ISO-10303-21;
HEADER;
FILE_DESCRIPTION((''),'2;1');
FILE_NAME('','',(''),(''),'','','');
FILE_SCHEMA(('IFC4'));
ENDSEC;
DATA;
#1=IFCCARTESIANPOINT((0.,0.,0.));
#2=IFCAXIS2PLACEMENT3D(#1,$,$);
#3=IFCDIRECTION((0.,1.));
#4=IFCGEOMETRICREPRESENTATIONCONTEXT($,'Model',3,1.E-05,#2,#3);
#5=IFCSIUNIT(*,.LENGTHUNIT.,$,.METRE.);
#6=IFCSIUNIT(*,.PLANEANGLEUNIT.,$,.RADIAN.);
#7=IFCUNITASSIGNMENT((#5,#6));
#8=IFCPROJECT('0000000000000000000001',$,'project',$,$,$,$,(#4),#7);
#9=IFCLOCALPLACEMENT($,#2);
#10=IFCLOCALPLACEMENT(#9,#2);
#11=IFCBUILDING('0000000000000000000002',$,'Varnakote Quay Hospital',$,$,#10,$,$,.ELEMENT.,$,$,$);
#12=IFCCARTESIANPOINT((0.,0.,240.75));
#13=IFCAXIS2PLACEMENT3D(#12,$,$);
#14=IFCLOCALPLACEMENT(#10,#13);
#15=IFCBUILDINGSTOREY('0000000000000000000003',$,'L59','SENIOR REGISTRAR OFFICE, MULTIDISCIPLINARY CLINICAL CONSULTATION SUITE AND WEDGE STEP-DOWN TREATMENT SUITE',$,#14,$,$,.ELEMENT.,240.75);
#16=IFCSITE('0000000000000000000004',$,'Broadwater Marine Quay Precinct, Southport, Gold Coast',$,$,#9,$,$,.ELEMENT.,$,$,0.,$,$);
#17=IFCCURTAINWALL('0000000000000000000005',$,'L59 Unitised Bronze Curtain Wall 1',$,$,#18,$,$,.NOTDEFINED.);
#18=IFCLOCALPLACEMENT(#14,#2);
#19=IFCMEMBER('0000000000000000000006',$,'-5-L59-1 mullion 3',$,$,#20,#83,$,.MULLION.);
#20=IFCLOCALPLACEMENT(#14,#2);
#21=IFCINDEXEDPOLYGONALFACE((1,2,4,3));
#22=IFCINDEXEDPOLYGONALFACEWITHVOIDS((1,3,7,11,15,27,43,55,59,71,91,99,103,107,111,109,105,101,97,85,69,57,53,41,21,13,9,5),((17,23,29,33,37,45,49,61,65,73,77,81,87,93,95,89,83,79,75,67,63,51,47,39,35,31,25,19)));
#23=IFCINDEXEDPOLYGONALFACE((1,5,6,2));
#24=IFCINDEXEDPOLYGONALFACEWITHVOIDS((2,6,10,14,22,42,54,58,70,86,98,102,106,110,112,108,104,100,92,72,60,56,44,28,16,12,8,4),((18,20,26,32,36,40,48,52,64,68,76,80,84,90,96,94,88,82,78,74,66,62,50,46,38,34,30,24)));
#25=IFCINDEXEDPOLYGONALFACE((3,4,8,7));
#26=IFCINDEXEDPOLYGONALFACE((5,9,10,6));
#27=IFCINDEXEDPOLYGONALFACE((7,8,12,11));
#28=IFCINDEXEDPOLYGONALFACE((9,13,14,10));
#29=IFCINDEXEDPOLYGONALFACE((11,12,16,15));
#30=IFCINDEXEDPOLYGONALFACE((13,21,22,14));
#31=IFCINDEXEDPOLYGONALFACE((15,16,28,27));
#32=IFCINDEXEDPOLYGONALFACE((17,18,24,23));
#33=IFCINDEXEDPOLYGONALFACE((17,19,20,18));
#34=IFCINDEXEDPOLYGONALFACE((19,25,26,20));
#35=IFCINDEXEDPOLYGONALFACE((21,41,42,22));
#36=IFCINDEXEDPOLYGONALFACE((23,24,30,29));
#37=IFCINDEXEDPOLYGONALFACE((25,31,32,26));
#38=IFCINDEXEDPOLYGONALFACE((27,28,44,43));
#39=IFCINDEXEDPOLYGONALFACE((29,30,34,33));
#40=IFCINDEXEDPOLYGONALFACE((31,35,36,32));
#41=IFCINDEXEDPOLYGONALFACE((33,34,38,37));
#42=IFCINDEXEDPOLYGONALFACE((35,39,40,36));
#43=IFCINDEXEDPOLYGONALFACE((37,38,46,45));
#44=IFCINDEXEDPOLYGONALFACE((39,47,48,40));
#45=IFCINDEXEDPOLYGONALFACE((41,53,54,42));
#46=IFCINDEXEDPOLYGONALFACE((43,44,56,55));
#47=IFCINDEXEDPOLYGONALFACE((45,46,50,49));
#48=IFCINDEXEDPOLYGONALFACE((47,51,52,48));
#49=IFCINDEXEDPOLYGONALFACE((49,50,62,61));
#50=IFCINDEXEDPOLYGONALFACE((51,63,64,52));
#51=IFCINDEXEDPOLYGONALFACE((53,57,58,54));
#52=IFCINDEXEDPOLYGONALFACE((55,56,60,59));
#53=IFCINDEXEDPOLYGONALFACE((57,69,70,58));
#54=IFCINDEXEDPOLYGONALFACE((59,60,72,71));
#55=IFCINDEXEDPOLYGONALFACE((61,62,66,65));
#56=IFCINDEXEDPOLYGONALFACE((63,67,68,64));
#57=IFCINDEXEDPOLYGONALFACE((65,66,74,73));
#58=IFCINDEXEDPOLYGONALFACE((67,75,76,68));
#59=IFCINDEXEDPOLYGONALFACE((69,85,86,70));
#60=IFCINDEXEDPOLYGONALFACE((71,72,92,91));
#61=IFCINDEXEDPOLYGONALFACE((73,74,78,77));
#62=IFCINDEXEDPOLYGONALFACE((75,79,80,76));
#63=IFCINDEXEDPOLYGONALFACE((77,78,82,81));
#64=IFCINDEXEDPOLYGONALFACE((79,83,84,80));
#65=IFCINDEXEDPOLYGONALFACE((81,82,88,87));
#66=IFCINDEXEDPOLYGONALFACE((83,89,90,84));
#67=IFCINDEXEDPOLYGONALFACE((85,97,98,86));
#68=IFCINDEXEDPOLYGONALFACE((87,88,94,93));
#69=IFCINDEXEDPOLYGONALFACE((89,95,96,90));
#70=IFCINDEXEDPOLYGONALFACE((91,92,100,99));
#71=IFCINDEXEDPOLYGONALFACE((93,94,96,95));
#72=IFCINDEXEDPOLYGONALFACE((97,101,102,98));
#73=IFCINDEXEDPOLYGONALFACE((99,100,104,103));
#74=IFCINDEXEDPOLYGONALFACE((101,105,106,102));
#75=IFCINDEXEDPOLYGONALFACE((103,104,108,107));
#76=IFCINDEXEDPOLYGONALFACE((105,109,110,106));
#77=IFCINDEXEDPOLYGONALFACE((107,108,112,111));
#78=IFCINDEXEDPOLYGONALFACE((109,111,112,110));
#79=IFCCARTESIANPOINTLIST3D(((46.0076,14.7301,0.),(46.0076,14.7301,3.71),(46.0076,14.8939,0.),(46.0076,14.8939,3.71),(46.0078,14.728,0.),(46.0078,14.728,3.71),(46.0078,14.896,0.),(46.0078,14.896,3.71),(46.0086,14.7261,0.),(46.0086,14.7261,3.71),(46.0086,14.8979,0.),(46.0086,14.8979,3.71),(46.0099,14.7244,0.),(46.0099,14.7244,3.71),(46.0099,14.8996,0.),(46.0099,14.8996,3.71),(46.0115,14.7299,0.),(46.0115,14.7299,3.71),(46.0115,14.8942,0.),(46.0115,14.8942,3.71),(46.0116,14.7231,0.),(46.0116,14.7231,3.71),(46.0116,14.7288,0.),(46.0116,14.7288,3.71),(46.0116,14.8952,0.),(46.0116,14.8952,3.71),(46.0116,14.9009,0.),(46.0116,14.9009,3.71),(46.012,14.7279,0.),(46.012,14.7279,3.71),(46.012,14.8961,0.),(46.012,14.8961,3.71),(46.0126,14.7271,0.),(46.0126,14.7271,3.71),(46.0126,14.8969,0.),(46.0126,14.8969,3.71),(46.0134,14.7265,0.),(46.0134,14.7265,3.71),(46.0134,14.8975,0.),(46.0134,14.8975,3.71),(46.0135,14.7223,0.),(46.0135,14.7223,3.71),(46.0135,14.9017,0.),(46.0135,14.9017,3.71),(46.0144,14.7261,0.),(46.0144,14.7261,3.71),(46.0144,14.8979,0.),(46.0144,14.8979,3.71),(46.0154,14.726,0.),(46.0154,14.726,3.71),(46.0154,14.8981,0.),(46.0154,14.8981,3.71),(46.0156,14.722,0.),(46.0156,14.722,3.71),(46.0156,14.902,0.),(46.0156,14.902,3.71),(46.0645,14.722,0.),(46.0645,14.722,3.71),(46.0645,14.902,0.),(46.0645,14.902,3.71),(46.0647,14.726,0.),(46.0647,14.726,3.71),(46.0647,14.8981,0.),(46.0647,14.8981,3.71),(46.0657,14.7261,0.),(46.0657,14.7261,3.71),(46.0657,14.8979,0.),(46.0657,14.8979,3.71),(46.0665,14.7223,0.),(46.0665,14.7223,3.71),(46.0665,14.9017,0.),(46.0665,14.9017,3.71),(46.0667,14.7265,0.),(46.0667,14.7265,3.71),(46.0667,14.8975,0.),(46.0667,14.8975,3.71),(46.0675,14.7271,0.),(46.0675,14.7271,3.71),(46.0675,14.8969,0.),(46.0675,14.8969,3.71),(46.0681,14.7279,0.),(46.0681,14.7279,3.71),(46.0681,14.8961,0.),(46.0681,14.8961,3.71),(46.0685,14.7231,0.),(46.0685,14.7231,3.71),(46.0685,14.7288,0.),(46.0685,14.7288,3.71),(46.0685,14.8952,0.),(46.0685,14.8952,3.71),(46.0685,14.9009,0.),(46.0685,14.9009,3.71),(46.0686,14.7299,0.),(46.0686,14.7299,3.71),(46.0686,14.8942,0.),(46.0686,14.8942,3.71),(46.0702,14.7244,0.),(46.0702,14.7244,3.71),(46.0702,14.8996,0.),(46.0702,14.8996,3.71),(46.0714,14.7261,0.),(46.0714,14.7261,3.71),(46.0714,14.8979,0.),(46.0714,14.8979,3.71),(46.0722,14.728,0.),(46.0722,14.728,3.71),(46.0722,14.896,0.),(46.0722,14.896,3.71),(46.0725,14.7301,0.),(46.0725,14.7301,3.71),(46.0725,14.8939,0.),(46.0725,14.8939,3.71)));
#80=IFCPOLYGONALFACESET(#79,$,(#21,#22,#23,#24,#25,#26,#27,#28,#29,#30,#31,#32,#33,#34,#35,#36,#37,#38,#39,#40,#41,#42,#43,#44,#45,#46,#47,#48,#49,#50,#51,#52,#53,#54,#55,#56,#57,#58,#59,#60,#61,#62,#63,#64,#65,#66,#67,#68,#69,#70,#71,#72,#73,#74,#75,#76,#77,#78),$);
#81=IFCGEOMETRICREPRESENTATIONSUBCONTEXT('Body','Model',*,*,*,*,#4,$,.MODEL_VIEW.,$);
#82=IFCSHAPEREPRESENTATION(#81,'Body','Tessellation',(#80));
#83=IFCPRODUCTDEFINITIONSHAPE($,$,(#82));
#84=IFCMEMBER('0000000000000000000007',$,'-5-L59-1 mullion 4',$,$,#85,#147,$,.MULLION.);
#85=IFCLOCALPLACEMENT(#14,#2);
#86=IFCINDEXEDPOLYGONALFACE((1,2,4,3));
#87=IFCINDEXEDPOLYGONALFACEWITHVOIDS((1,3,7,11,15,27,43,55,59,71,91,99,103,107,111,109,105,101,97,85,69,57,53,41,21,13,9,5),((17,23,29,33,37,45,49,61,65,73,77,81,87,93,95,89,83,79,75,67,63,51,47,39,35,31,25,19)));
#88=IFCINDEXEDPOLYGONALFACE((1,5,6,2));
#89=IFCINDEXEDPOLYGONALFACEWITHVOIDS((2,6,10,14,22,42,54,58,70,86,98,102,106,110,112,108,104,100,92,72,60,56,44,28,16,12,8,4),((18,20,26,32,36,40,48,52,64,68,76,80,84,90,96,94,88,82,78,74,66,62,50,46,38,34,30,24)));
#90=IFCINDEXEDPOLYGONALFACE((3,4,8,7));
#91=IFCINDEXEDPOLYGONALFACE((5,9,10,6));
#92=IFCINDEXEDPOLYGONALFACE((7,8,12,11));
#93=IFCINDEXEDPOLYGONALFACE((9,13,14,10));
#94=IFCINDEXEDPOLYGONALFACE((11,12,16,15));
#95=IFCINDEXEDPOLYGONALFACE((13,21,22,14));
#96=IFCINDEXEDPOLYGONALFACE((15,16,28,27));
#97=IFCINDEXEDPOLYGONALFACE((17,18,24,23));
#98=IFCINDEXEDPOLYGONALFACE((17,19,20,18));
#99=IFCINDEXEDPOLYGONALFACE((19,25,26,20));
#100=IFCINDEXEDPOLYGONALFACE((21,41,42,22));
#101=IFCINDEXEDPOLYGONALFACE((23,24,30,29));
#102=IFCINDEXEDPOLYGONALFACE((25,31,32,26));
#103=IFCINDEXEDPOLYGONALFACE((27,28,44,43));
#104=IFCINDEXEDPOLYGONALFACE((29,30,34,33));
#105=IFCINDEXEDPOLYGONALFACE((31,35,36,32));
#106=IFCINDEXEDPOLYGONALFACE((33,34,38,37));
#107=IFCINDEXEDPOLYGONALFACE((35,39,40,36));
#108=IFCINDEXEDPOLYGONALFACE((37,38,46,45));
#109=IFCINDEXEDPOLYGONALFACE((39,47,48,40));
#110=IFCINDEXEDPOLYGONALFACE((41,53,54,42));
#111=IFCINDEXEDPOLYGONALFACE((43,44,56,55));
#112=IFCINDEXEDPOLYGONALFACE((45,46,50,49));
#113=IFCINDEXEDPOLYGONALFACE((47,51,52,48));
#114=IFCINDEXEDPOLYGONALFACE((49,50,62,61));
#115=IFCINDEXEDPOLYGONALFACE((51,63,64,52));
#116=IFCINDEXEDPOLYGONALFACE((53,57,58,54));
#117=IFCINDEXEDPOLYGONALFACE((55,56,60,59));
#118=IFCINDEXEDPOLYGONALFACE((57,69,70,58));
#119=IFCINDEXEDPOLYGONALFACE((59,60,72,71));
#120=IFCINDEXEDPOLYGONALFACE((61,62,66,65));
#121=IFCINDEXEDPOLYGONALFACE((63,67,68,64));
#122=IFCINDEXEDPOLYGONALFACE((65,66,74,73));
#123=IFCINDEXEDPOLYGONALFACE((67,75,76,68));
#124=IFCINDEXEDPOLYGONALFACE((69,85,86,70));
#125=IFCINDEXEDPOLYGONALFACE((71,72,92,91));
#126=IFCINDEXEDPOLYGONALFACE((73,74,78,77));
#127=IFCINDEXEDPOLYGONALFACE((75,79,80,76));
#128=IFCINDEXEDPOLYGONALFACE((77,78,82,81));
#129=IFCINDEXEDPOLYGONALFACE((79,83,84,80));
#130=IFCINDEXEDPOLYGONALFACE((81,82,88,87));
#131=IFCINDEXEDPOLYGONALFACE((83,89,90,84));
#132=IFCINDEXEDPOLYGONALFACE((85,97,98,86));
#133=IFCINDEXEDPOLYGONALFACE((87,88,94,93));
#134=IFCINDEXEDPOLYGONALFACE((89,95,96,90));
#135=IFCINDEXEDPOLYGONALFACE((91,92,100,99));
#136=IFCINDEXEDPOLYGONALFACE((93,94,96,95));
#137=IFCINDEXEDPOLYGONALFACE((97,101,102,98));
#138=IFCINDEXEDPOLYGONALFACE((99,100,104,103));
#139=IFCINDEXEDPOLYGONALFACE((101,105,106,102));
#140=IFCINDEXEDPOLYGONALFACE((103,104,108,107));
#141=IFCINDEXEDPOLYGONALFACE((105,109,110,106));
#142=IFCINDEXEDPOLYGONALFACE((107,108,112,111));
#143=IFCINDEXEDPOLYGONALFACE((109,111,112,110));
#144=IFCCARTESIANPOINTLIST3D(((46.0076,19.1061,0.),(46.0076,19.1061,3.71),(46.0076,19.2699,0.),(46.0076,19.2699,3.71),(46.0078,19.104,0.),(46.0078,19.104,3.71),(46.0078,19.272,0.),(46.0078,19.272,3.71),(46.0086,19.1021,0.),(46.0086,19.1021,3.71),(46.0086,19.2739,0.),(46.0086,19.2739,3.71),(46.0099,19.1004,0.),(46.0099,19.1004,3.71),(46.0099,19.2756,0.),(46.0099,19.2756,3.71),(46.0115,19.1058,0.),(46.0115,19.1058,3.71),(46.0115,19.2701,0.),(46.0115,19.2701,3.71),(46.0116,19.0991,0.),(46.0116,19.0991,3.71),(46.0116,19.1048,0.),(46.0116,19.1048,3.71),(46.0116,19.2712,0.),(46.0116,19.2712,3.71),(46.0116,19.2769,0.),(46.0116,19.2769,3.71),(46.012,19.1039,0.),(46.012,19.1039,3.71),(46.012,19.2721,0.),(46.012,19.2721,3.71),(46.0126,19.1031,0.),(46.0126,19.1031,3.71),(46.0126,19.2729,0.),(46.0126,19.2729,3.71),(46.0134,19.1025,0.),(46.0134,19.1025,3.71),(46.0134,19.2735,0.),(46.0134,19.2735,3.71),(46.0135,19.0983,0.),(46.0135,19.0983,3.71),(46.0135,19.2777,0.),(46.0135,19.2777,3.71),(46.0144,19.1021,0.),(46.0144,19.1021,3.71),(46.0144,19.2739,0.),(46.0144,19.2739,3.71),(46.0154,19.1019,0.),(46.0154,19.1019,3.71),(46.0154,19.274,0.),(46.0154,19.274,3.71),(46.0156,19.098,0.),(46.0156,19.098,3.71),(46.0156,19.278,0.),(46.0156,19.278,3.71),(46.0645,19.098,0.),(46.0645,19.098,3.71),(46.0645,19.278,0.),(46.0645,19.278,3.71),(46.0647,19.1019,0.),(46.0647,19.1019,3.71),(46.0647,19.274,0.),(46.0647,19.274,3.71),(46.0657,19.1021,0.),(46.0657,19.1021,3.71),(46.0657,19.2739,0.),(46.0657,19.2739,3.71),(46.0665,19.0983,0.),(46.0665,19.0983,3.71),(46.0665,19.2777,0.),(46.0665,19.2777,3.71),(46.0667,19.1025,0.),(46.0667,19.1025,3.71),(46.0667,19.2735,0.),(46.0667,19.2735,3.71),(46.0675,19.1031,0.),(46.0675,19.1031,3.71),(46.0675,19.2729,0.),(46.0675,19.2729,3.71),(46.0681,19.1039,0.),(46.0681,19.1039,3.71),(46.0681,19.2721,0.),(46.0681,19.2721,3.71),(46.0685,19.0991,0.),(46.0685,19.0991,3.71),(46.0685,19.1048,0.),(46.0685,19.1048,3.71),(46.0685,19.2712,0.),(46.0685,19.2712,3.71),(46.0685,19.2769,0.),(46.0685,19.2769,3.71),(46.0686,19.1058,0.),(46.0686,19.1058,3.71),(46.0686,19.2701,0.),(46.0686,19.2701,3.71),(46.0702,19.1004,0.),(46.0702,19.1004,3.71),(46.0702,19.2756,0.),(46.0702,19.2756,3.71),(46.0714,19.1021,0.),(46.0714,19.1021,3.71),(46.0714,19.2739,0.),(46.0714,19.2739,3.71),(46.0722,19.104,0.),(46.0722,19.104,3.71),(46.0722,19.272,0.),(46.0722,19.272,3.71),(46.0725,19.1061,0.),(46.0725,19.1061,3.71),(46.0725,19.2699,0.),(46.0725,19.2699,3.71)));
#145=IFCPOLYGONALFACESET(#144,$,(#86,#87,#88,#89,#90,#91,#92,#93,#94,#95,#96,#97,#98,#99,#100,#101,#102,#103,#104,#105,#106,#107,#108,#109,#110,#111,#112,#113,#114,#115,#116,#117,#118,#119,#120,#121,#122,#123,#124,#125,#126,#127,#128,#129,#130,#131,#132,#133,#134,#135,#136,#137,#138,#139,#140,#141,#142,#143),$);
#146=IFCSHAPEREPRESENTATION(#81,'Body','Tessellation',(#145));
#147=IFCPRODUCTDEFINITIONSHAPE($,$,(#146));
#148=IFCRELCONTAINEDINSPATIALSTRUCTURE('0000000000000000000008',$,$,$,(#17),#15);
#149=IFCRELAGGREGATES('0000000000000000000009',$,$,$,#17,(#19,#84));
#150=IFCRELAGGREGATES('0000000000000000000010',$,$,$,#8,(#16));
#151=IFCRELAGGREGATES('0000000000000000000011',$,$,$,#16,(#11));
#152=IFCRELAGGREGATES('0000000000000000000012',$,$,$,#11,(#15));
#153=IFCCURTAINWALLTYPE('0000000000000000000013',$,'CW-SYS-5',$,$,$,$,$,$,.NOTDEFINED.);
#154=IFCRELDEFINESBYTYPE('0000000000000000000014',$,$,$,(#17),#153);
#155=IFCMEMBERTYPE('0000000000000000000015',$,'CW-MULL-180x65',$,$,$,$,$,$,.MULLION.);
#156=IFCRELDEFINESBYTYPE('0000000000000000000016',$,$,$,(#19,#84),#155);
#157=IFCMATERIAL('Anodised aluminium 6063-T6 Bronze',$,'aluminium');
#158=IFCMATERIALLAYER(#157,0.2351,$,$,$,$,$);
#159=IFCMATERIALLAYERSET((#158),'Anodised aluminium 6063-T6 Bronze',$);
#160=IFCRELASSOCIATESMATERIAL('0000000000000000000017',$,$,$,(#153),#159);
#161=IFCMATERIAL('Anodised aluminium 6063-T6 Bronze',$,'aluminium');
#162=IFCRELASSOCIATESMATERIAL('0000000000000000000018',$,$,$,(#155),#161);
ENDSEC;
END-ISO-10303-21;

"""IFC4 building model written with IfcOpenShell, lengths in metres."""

from ifc_helpers import new_model, si_unit, direction, frame, origin, origin_2d, place, context, subcontext, project, spatial, hollow_rectangle, extrude, material, layer, layer_set, material_profile, profile_set, type_object, element, aggregate, save


model = new_model("IFC4")

# Units and contexts
model_context = context("Model", 3, precision=1e-05, world=origin(), true_north=direction((0.0, 1.0)))
body_context = subcontext(model_context, "Body", "Model", "MODEL_VIEW")
ifc_project = project(units=[si_unit("LENGTHUNIT", "METRE"), si_unit("PLANEANGLEUNIT", "RADIAN")], contexts=[model_context])

# Site, building, storey
site_placement = place(None, origin())
site = spatial("IfcSite", under=ifc_project, at=site_placement, Name="Broadwater Marine Quay Precinct, Southport, Gold Coast", CompositionType="ELEMENT", RefElevation=0.0)
building_placement = place(site_placement, origin())
building = spatial("IfcBuilding", under=site, at=building_placement, Name="Varnakote Quay Hospital", CompositionType="ELEMENT")
storey_placement = place(building_placement, frame((0.0, 0.0, 240.75)))
storey = spatial("IfcBuildingStorey", under=building, at=storey_placement, Name="L59", Description="SENIOR REGISTRAR OFFICE, MULTIDISCIPLINARY CLINICAL CONSULTATION SUITE AND WEDGE STEP-DOWN TREATMENT SUITE", CompositionType="ELEMENT", Elevation=240.75)

# Curtain wall, members
ifc_material_1 = material(Name="Anodised aluminium 6063-T6 Bronze", Category="aluminium")
ifc_layer_1 = layer(ifc_material_1, 0.2351)
ifc_layer_set_1 = layer_set([ifc_layer_1], Name="Anodised aluminium 6063-T6 Bronze")
curtain_wall_type = type_object("IfcCurtainWallType", Name="CW-SYS-5", PredefinedType="NOTDEFINED", material=ifc_layer_set_1)
curtain_wall_placement = place(storey_placement, origin())
curtain_wall = element("IfcCurtainWall", 1, at=curtain_wall_placement, inside=storey, type_object=curtain_wall_type, Name="L59 Unitised Bronze Curtain Wall 1", PredefinedType="NOTDEFINED")
ifc_material_2 = material(Name="Anodised aluminium 6063-T6 Bronze", Category="aluminium")
ifc_material_profile_1 = material_profile(ifc_material_2, hollow_rectangle(XDim=0.0649, YDim=0.1799, WallThickness=0.0039, InnerFilletRadius=0.0039, OuterFilletRadius=0.0081, at=origin_2d()), Name="CW-MULL-180x65")
ifc_profile_set_1 = profile_set([ifc_material_profile_1], Name="Anodised aluminium 6063-T6 Bronze")
member_type_1 = type_object("IfcMemberType", Name="CW-MULL-180x65", PredefinedType="MULLION", material=ifc_profile_set_1)
member_1_placement = place(storey_placement, frame((46.04, 14.812, 0.0), z_axis=(0.0, 0.0, 1.0), x_axis=(-1.0, 0.0, 0.0)))
member_1 = element("IfcMember", 2, at=member_1_placement, type_object=member_type_1, Name="-5-L59-1 mullion 3", PredefinedType="MULLION", context=body_context, shape_type="SweptSolid", body=[
    extrude(hollow_rectangle(XDim=0.0649, YDim=0.1799, WallThickness=0.0039, InnerFilletRadius=0.0039, OuterFilletRadius=0.0081, at=origin_2d()), origin(), (0.0, 0.0, 1.0), 3.71),
])
member_2_placement = place(storey_placement, frame((46.04, 19.188, 0.0), z_axis=(0.0, 0.0, 1.0), x_axis=(-1.0, 0.0, 0.0)))
member_2 = element("IfcMember", 3, at=member_2_placement, type_object=member_type_1, Name="-5-L59-1 mullion 4", PredefinedType="MULLION", context=body_context, shape_type="SweptSolid", body=[
    extrude(hollow_rectangle(XDim=0.0649, YDim=0.1799, WallThickness=0.0039, InnerFilletRadius=0.0039, OuterFilletRadius=0.0081, at=origin_2d()), origin(), (0.0, 0.0, 1.0), 3.71),
])
aggregate(curtain_wall, [member_1, member_2])

save(model, "model.ifc")
